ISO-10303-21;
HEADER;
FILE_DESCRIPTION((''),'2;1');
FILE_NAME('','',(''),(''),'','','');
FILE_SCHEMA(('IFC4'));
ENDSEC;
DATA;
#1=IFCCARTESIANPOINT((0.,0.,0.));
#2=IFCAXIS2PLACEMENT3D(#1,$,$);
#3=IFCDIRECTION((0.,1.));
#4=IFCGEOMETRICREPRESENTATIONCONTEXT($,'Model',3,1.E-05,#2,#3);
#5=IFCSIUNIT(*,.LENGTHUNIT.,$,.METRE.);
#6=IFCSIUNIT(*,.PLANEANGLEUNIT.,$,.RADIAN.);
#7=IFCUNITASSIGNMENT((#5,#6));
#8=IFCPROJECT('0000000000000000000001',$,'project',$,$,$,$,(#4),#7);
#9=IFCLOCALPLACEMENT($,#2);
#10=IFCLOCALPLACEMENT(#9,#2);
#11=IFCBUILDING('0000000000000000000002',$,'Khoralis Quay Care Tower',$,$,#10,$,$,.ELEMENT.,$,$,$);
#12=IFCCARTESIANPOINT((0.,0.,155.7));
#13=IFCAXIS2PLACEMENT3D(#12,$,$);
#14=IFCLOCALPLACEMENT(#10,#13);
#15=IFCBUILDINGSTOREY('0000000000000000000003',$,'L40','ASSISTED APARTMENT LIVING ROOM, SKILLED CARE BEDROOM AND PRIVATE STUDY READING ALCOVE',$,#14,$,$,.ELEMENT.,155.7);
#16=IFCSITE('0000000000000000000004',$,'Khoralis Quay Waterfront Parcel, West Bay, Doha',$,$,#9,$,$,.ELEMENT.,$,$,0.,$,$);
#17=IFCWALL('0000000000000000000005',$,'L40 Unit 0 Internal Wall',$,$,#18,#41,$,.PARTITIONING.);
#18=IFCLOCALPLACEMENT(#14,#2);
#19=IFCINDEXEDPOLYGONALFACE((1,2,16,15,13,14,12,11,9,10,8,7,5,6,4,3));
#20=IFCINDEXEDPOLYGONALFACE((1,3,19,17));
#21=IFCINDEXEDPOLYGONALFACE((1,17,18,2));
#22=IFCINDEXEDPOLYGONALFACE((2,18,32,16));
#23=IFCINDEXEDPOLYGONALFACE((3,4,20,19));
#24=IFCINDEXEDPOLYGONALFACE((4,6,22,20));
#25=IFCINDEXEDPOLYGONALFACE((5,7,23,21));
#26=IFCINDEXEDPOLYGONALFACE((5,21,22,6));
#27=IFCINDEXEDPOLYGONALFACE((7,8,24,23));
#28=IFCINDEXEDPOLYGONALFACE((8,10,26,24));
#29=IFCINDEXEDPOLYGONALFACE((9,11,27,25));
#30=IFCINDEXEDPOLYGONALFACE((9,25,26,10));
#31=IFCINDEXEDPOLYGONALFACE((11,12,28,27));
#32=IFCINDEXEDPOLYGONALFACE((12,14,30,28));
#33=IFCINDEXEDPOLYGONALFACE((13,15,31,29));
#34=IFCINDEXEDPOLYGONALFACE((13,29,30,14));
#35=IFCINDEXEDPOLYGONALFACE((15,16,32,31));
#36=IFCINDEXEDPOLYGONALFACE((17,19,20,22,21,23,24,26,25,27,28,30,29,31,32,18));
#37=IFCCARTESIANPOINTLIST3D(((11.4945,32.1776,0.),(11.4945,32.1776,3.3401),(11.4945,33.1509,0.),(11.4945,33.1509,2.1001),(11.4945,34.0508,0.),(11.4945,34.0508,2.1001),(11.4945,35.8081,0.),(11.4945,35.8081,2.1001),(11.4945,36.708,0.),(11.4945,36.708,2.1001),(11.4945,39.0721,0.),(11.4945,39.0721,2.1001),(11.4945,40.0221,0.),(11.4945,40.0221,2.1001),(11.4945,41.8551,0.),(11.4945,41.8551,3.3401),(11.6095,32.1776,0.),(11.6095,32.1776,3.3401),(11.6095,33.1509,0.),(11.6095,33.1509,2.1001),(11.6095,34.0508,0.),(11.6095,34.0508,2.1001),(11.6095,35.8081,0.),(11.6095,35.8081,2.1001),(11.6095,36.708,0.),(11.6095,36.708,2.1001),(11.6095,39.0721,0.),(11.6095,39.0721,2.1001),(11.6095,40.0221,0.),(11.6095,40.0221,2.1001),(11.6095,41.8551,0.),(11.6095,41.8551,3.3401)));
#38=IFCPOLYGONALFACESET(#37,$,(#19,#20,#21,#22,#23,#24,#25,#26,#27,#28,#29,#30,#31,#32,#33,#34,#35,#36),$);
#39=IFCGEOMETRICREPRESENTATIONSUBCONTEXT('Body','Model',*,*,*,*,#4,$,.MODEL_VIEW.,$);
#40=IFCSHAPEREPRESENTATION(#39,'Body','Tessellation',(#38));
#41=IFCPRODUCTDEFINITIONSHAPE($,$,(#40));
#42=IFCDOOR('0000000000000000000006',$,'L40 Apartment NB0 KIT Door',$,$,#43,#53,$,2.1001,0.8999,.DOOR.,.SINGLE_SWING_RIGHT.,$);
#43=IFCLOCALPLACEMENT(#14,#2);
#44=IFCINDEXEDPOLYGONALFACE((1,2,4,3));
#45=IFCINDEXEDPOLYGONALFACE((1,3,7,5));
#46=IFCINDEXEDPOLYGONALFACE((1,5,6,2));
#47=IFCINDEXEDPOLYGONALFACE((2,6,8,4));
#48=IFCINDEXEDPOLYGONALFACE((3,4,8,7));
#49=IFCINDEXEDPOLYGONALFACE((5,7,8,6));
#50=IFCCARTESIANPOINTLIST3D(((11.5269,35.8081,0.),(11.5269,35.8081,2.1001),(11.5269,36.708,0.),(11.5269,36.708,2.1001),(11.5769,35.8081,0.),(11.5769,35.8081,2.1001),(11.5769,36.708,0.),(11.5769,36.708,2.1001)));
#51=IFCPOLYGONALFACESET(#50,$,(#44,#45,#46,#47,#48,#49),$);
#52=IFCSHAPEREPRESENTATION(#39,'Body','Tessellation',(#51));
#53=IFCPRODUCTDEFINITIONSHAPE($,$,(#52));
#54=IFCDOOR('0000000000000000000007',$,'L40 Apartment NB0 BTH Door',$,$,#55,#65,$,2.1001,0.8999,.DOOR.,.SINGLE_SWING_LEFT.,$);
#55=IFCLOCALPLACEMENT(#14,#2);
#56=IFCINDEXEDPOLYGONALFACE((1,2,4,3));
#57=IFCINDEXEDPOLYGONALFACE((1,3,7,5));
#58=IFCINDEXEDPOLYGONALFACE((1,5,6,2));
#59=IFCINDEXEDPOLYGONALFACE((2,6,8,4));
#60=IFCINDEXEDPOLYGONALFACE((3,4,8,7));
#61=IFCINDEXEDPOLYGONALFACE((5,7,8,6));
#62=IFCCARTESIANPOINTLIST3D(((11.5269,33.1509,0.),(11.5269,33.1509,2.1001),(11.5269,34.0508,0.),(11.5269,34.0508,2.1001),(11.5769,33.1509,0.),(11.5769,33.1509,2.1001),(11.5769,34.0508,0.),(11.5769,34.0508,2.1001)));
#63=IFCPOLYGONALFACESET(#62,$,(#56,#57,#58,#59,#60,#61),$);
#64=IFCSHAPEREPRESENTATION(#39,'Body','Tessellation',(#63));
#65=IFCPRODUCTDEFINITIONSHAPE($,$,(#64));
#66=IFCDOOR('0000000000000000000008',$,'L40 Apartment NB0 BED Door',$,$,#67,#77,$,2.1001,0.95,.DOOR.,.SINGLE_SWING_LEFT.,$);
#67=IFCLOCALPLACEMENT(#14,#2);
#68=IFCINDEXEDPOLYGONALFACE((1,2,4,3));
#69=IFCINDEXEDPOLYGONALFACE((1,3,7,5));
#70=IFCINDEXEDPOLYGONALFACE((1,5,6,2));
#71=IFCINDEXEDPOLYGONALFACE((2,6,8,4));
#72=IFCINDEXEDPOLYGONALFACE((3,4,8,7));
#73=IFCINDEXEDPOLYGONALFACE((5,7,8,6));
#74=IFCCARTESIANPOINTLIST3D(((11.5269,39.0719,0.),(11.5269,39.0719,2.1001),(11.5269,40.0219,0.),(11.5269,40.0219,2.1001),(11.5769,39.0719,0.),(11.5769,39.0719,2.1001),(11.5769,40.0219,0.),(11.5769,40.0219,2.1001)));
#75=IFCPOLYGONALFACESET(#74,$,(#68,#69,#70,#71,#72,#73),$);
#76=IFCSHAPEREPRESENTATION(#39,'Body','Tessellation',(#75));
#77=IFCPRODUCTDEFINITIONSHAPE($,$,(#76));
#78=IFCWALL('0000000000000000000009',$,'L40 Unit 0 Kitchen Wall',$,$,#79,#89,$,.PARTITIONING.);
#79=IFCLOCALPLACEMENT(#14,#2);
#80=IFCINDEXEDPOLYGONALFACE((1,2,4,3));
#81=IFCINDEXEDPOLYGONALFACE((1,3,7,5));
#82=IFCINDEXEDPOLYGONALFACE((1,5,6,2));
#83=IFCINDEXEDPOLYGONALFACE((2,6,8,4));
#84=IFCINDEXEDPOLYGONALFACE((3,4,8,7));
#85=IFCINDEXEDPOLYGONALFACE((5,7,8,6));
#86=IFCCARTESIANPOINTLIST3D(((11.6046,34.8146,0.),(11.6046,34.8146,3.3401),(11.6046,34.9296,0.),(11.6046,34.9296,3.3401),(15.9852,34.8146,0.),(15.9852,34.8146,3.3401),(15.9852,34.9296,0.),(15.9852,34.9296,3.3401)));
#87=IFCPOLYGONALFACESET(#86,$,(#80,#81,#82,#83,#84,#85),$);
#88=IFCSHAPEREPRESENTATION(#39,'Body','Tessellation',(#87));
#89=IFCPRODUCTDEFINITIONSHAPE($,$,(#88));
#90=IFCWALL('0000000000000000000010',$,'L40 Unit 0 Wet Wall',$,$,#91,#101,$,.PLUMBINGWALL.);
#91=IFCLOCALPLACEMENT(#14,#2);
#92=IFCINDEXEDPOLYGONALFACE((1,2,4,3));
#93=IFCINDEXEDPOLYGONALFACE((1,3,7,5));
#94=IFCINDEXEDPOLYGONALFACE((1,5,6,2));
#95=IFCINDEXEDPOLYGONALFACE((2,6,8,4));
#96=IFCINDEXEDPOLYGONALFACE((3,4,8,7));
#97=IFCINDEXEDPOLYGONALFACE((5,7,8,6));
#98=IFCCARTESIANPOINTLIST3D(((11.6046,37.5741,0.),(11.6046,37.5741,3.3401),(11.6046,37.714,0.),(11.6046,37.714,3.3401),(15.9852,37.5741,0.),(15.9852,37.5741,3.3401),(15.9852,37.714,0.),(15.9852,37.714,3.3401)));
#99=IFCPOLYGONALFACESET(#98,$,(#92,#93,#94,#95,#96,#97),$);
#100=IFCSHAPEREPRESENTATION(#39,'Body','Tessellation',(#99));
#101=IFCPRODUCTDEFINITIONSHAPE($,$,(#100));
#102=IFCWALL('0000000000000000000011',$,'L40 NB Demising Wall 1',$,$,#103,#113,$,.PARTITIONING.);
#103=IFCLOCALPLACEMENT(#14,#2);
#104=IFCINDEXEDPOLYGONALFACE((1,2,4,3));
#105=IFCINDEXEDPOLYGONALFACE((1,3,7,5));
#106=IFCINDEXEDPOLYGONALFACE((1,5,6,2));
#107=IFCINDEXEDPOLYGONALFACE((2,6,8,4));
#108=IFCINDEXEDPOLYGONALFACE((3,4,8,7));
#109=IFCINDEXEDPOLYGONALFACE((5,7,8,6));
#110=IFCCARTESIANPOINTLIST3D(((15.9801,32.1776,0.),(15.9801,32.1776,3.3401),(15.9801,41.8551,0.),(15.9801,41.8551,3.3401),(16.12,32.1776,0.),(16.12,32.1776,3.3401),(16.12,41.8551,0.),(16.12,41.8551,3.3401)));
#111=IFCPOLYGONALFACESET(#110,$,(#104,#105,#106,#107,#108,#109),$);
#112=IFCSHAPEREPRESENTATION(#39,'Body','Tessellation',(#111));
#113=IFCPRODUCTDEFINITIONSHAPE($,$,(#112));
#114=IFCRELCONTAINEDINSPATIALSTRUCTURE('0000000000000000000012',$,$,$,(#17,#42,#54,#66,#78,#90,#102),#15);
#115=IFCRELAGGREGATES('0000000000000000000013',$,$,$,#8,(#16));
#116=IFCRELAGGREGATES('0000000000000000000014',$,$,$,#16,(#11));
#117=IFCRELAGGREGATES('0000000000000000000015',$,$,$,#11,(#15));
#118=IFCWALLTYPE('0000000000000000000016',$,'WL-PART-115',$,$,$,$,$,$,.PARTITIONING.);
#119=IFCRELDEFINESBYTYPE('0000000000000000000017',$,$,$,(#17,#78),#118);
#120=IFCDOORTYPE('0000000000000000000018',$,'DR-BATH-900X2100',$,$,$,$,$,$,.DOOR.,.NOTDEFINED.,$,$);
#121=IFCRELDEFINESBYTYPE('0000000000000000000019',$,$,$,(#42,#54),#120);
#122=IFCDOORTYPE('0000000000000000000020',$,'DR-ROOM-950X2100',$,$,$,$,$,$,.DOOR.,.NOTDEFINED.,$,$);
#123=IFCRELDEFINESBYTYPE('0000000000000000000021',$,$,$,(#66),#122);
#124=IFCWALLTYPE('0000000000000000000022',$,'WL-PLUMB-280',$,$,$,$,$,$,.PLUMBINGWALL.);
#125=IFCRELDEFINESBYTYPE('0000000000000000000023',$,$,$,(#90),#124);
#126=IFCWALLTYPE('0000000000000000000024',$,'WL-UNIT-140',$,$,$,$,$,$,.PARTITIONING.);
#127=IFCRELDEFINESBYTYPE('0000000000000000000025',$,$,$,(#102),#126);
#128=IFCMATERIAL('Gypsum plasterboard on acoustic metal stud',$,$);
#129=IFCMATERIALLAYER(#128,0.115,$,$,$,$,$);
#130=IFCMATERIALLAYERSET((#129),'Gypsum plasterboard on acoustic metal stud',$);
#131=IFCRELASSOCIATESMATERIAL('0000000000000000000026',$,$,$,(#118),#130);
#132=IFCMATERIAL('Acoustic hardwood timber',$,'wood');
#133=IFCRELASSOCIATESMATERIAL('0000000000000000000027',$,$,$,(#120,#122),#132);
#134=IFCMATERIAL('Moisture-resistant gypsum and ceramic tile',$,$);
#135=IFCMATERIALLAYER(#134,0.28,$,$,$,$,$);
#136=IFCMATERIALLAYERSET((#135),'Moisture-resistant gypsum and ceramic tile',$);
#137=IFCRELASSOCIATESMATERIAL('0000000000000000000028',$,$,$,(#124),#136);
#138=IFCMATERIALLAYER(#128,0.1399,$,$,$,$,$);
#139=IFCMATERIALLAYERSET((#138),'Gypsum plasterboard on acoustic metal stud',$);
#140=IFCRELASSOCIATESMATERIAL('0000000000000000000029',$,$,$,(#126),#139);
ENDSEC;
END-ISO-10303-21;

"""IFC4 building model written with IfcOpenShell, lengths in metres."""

from ifc_helpers import new_model, si_unit, direction, frame, frame_2d, origin, place, context, subcontext, project, spatial, rectangle, extrude, source, transform, mapped, material, layer, layer_set, type_object, element, fill, save


model = new_model("IFC4")

# Units and contexts
model_context = context("Model", 3, precision=1e-05, world=origin(), true_north=direction((0.0, 1.0)))
body_context = subcontext(model_context, "Body", "Model", "MODEL_VIEW")
ifc_project = project(units=[si_unit("LENGTHUNIT", "METRE"), si_unit("PLANEANGLEUNIT", "RADIAN")], contexts=[model_context])

# Site, building, storey
site_placement = place(None, origin())
site = spatial("IfcSite", under=ifc_project, at=site_placement, Name="Khoralis Quay Waterfront Parcel, West Bay, Doha", CompositionType="ELEMENT", RefElevation=0.0)
building_placement = place(site_placement, origin())
building = spatial("IfcBuilding", under=site, at=building_placement, Name="Khoralis Quay Care Tower", CompositionType="ELEMENT")
storey_placement = place(building_placement, frame((0.0, 0.0, 155.7)))
storey = spatial("IfcBuildingStorey", under=building, at=storey_placement, Name="L40", Description="ASSISTED APARTMENT LIVING ROOM, SKILLED CARE BEDROOM AND PRIVATE STUDY READING ALCOVE", CompositionType="ELEMENT", Elevation=155.7)

# Shared definitions
ifc_material_1 = material(Name="Gypsum plasterboard on acoustic metal stud")

# Wall, openings, doors
ifc_layer_1 = layer(ifc_material_1, 0.115)
ifc_layer_set_1 = layer_set([ifc_layer_1], Name="Gypsum plasterboard on acoustic metal stud")
wall_type_1 = type_object("IfcWallType", Name="WL-PART-115", PredefinedType="PARTITIONING", material=ifc_layer_set_1)
wall_1_placement = place(storey_placement, frame((11.552, 32.1775, 0.0), z_axis=(0.0, 0.0, 1.0), x_axis=(0.0, 1.0, 0.0)))
wall_1 = element("IfcWall", 1, at=wall_1_placement, inside=storey, type_object=wall_type_1, Name="L40 Unit 0 Internal Wall", PredefinedType="PARTITIONING", context=body_context, shape_type="SweptSolid", body=[
    extrude(rectangle(XDim=9.6775, YDim=0.115, at=frame_2d((4.8389, 0.0))), origin(), (0.0, 0.0, 1.0), 3.3401),
])
opening_1_placement = place(wall_1_placement, frame((6.8945, 0.0, 0.0)))
opening_1 = element("IfcOpeningElement", 2, at=opening_1_placement, cuts=wall_1, PredefinedType="OPENING", context=body_context, shape_type="SweptSolid", body=[
    extrude(rectangle(XDim=0.95, YDim=2.1001, at=frame_2d((0.4751, 1.05))), frame((0.0, 0.0674, 0.0), z_axis=(0.0, -1.0, 0.0), x_axis=(1.0, 0.0, 0.0)), (0.0, 0.0, 1.0), 0.135),
])
opening_2_placement = place(wall_1_placement, frame((3.6306, 0.0, 0.0)))
opening_2 = element("IfcOpeningElement", 3, at=opening_2_placement, cuts=wall_1, PredefinedType="OPENING", context=body_context, shape_type="SweptSolid", body=[
    extrude(rectangle(XDim=0.8999, YDim=2.1001, at=frame_2d((0.45, 1.05))), frame((0.0, 0.0674, 0.0), z_axis=(0.0, -1.0, 0.0), x_axis=(1.0, 0.0, 0.0)), (0.0, 0.0, 1.0), 0.135),
])
opening_3_placement = place(wall_1_placement, frame((0.9734, 0.0, 0.0)))
opening_3 = element("IfcOpeningElement", 4, at=opening_3_placement, cuts=wall_1, PredefinedType="OPENING", context=body_context, shape_type="SweptSolid", body=[
    extrude(rectangle(XDim=0.8999, YDim=2.1001, at=frame_2d((0.45, 1.05))), frame((0.0, 0.0674, 0.0), z_axis=(0.0, -1.0, 0.0), x_axis=(1.0, 0.0, 0.0)), (0.0, 0.0, 1.0), 0.135),
])
ifc_material_2 = material(Name="Acoustic hardwood timber", Category="wood")
door_type_1 = type_object("IfcDoorType", Name="DR-BATH-900X2100", OperationType="NOTDEFINED", PredefinedType="DOOR", material=ifc_material_2)
shared_shape_1 = source(origin(), body_context, "Body", "SweptSolid", [
    extrude(rectangle(XDim=0.8999, YDim=2.1001, at=frame_2d((0.45, 1.05))), frame((0.0, 0.0249, 0.0), z_axis=(0.0, -1.0, 0.0), x_axis=(1.0, 0.0, 0.0)), (0.0, 0.0, 1.0), 0.05),
])
door_1_placement = place(opening_2_placement, frame((0.8999, 0.0, 0.0), z_axis=(0.0, 0.0, 1.0), x_axis=(-1.0, 0.0, 0.0)))
door_1 = element("IfcDoor", 5, at=door_1_placement, inside=storey, type_object=door_type_1, Name="L40 Apartment NB0 KIT Door", OperationType="SINGLE_SWING_RIGHT", OverallHeight=2.1001, OverallWidth=0.8999, PredefinedType="DOOR", context=body_context, shape_type="MappedRepresentation", body=[
    mapped(shared_shape_1, transform((0.0, 0.0, 0.0), scale=1.0)),
])
fill(opening_2, door_1)
door_2_placement = place(opening_3_placement, frame((0.8999, 0.0, 0.0), z_axis=(0.0, 0.0, 1.0), x_axis=(-1.0, 0.0, 0.0)))
door_2 = element("IfcDoor", 6, at=door_2_placement, inside=storey, type_object=door_type_1, Name="L40 Apartment NB0 BTH Door", OperationType="SINGLE_SWING_LEFT", OverallHeight=2.1001, OverallWidth=0.8999, PredefinedType="DOOR", context=body_context, shape_type="MappedRepresentation", body=[
    mapped(shared_shape_1, transform((0.0, 0.0, 0.0), scale=1.0)),
])
fill(opening_3, door_2)
door_type_2 = type_object("IfcDoorType", Name="DR-ROOM-950X2100", OperationType="NOTDEFINED", PredefinedType="DOOR", material=ifc_material_2)
shared_shape_2 = source(origin(), body_context, "Body", "SweptSolid", [
    extrude(rectangle(XDim=0.95, YDim=2.1001, at=frame_2d((0.4751, 1.05))), frame((0.0, 0.0249, 0.0), z_axis=(0.0, -1.0, 0.0), x_axis=(1.0, 0.0, 0.0)), (0.0, 0.0, 1.0), 0.05),
])
door_3_placement = place(opening_1_placement, frame((0.95, 0.0, 0.0), z_axis=(0.0, 0.0, 1.0), x_axis=(-1.0, 0.0, 0.0)))
door_3 = element("IfcDoor", 7, at=door_3_placement, inside=storey, type_object=door_type_2, Name="L40 Apartment NB0 BED Door", OperationType="SINGLE_SWING_LEFT", OverallHeight=2.1001, OverallWidth=0.95, PredefinedType="DOOR", context=body_context, shape_type="MappedRepresentation", body=[
    mapped(shared_shape_2, transform((0.0, 0.0, 0.0), scale=1.0)),
])
fill(opening_1, door_3)

# Walls
wall_2_placement = place(storey_placement, frame((11.6045, 34.8721, 0.0), z_axis=(0.0, 0.0, 1.0), x_axis=(1.0, 0.0, 0.0)))
element("IfcWall", 8, at=wall_2_placement, inside=storey, type_object=wall_type_1, Name="L40 Unit 0 Kitchen Wall", PredefinedType="PARTITIONING", context=body_context, shape_type="SweptSolid", body=[
    extrude(rectangle(XDim=4.3806, YDim=0.115, at=frame_2d((2.1904, 0.0))), origin(), (0.0, 0.0, 1.0), 3.3401),
])
ifc_material_3 = material(Name="Moisture-resistant gypsum and ceramic tile")
ifc_layer_2 = layer(ifc_material_3, 0.28)
ifc_layer_set_2 = layer_set([ifc_layer_2], Name="Moisture-resistant gypsum and ceramic tile")
wall_type_2 = type_object("IfcWallType", Name="WL-PLUMB-280", PredefinedType="PLUMBINGWALL", material=ifc_layer_set_2)
wall_3_placement = place(storey_placement, frame((11.6045, 37.644, 0.0), z_axis=(0.0, 0.0, 1.0), x_axis=(1.0, 0.0, 0.0)))
element("IfcWall", 9, at=wall_3_placement, inside=storey, type_object=wall_type_2, Name="L40 Unit 0 Wet Wall", PredefinedType="PLUMBINGWALL", context=body_context, shape_type="SweptSolid", body=[
    extrude(rectangle(XDim=4.3806, YDim=0.1399, at=frame_2d((2.1904, 0.0))), origin(), (0.0, 0.0, 1.0), 3.3401),
])
ifc_layer_3 = layer(ifc_material_1, 0.1399)
ifc_layer_set_3 = layer_set([ifc_layer_3], Name="Gypsum plasterboard on acoustic metal stud")
wall_type_3 = type_object("IfcWallType", Name="WL-UNIT-140", PredefinedType="PARTITIONING", material=ifc_layer_set_3)
wall_4_placement = place(storey_placement, frame((16.05, 32.1775, 0.0), z_axis=(0.0, 0.0, 1.0), x_axis=(0.0, 1.0, 0.0)))
element("IfcWall", 10, at=wall_4_placement, inside=storey, type_object=wall_type_3, Name="L40 NB Demising Wall 1", PredefinedType="PARTITIONING", context=body_context, shape_type="SweptSolid", body=[
    extrude(rectangle(XDim=9.6775, YDim=0.1399, at=frame_2d((4.8389, 0.0))), origin(), (0.0, 0.0, 1.0), 3.3401),
])

save(model, "model.ifc")
